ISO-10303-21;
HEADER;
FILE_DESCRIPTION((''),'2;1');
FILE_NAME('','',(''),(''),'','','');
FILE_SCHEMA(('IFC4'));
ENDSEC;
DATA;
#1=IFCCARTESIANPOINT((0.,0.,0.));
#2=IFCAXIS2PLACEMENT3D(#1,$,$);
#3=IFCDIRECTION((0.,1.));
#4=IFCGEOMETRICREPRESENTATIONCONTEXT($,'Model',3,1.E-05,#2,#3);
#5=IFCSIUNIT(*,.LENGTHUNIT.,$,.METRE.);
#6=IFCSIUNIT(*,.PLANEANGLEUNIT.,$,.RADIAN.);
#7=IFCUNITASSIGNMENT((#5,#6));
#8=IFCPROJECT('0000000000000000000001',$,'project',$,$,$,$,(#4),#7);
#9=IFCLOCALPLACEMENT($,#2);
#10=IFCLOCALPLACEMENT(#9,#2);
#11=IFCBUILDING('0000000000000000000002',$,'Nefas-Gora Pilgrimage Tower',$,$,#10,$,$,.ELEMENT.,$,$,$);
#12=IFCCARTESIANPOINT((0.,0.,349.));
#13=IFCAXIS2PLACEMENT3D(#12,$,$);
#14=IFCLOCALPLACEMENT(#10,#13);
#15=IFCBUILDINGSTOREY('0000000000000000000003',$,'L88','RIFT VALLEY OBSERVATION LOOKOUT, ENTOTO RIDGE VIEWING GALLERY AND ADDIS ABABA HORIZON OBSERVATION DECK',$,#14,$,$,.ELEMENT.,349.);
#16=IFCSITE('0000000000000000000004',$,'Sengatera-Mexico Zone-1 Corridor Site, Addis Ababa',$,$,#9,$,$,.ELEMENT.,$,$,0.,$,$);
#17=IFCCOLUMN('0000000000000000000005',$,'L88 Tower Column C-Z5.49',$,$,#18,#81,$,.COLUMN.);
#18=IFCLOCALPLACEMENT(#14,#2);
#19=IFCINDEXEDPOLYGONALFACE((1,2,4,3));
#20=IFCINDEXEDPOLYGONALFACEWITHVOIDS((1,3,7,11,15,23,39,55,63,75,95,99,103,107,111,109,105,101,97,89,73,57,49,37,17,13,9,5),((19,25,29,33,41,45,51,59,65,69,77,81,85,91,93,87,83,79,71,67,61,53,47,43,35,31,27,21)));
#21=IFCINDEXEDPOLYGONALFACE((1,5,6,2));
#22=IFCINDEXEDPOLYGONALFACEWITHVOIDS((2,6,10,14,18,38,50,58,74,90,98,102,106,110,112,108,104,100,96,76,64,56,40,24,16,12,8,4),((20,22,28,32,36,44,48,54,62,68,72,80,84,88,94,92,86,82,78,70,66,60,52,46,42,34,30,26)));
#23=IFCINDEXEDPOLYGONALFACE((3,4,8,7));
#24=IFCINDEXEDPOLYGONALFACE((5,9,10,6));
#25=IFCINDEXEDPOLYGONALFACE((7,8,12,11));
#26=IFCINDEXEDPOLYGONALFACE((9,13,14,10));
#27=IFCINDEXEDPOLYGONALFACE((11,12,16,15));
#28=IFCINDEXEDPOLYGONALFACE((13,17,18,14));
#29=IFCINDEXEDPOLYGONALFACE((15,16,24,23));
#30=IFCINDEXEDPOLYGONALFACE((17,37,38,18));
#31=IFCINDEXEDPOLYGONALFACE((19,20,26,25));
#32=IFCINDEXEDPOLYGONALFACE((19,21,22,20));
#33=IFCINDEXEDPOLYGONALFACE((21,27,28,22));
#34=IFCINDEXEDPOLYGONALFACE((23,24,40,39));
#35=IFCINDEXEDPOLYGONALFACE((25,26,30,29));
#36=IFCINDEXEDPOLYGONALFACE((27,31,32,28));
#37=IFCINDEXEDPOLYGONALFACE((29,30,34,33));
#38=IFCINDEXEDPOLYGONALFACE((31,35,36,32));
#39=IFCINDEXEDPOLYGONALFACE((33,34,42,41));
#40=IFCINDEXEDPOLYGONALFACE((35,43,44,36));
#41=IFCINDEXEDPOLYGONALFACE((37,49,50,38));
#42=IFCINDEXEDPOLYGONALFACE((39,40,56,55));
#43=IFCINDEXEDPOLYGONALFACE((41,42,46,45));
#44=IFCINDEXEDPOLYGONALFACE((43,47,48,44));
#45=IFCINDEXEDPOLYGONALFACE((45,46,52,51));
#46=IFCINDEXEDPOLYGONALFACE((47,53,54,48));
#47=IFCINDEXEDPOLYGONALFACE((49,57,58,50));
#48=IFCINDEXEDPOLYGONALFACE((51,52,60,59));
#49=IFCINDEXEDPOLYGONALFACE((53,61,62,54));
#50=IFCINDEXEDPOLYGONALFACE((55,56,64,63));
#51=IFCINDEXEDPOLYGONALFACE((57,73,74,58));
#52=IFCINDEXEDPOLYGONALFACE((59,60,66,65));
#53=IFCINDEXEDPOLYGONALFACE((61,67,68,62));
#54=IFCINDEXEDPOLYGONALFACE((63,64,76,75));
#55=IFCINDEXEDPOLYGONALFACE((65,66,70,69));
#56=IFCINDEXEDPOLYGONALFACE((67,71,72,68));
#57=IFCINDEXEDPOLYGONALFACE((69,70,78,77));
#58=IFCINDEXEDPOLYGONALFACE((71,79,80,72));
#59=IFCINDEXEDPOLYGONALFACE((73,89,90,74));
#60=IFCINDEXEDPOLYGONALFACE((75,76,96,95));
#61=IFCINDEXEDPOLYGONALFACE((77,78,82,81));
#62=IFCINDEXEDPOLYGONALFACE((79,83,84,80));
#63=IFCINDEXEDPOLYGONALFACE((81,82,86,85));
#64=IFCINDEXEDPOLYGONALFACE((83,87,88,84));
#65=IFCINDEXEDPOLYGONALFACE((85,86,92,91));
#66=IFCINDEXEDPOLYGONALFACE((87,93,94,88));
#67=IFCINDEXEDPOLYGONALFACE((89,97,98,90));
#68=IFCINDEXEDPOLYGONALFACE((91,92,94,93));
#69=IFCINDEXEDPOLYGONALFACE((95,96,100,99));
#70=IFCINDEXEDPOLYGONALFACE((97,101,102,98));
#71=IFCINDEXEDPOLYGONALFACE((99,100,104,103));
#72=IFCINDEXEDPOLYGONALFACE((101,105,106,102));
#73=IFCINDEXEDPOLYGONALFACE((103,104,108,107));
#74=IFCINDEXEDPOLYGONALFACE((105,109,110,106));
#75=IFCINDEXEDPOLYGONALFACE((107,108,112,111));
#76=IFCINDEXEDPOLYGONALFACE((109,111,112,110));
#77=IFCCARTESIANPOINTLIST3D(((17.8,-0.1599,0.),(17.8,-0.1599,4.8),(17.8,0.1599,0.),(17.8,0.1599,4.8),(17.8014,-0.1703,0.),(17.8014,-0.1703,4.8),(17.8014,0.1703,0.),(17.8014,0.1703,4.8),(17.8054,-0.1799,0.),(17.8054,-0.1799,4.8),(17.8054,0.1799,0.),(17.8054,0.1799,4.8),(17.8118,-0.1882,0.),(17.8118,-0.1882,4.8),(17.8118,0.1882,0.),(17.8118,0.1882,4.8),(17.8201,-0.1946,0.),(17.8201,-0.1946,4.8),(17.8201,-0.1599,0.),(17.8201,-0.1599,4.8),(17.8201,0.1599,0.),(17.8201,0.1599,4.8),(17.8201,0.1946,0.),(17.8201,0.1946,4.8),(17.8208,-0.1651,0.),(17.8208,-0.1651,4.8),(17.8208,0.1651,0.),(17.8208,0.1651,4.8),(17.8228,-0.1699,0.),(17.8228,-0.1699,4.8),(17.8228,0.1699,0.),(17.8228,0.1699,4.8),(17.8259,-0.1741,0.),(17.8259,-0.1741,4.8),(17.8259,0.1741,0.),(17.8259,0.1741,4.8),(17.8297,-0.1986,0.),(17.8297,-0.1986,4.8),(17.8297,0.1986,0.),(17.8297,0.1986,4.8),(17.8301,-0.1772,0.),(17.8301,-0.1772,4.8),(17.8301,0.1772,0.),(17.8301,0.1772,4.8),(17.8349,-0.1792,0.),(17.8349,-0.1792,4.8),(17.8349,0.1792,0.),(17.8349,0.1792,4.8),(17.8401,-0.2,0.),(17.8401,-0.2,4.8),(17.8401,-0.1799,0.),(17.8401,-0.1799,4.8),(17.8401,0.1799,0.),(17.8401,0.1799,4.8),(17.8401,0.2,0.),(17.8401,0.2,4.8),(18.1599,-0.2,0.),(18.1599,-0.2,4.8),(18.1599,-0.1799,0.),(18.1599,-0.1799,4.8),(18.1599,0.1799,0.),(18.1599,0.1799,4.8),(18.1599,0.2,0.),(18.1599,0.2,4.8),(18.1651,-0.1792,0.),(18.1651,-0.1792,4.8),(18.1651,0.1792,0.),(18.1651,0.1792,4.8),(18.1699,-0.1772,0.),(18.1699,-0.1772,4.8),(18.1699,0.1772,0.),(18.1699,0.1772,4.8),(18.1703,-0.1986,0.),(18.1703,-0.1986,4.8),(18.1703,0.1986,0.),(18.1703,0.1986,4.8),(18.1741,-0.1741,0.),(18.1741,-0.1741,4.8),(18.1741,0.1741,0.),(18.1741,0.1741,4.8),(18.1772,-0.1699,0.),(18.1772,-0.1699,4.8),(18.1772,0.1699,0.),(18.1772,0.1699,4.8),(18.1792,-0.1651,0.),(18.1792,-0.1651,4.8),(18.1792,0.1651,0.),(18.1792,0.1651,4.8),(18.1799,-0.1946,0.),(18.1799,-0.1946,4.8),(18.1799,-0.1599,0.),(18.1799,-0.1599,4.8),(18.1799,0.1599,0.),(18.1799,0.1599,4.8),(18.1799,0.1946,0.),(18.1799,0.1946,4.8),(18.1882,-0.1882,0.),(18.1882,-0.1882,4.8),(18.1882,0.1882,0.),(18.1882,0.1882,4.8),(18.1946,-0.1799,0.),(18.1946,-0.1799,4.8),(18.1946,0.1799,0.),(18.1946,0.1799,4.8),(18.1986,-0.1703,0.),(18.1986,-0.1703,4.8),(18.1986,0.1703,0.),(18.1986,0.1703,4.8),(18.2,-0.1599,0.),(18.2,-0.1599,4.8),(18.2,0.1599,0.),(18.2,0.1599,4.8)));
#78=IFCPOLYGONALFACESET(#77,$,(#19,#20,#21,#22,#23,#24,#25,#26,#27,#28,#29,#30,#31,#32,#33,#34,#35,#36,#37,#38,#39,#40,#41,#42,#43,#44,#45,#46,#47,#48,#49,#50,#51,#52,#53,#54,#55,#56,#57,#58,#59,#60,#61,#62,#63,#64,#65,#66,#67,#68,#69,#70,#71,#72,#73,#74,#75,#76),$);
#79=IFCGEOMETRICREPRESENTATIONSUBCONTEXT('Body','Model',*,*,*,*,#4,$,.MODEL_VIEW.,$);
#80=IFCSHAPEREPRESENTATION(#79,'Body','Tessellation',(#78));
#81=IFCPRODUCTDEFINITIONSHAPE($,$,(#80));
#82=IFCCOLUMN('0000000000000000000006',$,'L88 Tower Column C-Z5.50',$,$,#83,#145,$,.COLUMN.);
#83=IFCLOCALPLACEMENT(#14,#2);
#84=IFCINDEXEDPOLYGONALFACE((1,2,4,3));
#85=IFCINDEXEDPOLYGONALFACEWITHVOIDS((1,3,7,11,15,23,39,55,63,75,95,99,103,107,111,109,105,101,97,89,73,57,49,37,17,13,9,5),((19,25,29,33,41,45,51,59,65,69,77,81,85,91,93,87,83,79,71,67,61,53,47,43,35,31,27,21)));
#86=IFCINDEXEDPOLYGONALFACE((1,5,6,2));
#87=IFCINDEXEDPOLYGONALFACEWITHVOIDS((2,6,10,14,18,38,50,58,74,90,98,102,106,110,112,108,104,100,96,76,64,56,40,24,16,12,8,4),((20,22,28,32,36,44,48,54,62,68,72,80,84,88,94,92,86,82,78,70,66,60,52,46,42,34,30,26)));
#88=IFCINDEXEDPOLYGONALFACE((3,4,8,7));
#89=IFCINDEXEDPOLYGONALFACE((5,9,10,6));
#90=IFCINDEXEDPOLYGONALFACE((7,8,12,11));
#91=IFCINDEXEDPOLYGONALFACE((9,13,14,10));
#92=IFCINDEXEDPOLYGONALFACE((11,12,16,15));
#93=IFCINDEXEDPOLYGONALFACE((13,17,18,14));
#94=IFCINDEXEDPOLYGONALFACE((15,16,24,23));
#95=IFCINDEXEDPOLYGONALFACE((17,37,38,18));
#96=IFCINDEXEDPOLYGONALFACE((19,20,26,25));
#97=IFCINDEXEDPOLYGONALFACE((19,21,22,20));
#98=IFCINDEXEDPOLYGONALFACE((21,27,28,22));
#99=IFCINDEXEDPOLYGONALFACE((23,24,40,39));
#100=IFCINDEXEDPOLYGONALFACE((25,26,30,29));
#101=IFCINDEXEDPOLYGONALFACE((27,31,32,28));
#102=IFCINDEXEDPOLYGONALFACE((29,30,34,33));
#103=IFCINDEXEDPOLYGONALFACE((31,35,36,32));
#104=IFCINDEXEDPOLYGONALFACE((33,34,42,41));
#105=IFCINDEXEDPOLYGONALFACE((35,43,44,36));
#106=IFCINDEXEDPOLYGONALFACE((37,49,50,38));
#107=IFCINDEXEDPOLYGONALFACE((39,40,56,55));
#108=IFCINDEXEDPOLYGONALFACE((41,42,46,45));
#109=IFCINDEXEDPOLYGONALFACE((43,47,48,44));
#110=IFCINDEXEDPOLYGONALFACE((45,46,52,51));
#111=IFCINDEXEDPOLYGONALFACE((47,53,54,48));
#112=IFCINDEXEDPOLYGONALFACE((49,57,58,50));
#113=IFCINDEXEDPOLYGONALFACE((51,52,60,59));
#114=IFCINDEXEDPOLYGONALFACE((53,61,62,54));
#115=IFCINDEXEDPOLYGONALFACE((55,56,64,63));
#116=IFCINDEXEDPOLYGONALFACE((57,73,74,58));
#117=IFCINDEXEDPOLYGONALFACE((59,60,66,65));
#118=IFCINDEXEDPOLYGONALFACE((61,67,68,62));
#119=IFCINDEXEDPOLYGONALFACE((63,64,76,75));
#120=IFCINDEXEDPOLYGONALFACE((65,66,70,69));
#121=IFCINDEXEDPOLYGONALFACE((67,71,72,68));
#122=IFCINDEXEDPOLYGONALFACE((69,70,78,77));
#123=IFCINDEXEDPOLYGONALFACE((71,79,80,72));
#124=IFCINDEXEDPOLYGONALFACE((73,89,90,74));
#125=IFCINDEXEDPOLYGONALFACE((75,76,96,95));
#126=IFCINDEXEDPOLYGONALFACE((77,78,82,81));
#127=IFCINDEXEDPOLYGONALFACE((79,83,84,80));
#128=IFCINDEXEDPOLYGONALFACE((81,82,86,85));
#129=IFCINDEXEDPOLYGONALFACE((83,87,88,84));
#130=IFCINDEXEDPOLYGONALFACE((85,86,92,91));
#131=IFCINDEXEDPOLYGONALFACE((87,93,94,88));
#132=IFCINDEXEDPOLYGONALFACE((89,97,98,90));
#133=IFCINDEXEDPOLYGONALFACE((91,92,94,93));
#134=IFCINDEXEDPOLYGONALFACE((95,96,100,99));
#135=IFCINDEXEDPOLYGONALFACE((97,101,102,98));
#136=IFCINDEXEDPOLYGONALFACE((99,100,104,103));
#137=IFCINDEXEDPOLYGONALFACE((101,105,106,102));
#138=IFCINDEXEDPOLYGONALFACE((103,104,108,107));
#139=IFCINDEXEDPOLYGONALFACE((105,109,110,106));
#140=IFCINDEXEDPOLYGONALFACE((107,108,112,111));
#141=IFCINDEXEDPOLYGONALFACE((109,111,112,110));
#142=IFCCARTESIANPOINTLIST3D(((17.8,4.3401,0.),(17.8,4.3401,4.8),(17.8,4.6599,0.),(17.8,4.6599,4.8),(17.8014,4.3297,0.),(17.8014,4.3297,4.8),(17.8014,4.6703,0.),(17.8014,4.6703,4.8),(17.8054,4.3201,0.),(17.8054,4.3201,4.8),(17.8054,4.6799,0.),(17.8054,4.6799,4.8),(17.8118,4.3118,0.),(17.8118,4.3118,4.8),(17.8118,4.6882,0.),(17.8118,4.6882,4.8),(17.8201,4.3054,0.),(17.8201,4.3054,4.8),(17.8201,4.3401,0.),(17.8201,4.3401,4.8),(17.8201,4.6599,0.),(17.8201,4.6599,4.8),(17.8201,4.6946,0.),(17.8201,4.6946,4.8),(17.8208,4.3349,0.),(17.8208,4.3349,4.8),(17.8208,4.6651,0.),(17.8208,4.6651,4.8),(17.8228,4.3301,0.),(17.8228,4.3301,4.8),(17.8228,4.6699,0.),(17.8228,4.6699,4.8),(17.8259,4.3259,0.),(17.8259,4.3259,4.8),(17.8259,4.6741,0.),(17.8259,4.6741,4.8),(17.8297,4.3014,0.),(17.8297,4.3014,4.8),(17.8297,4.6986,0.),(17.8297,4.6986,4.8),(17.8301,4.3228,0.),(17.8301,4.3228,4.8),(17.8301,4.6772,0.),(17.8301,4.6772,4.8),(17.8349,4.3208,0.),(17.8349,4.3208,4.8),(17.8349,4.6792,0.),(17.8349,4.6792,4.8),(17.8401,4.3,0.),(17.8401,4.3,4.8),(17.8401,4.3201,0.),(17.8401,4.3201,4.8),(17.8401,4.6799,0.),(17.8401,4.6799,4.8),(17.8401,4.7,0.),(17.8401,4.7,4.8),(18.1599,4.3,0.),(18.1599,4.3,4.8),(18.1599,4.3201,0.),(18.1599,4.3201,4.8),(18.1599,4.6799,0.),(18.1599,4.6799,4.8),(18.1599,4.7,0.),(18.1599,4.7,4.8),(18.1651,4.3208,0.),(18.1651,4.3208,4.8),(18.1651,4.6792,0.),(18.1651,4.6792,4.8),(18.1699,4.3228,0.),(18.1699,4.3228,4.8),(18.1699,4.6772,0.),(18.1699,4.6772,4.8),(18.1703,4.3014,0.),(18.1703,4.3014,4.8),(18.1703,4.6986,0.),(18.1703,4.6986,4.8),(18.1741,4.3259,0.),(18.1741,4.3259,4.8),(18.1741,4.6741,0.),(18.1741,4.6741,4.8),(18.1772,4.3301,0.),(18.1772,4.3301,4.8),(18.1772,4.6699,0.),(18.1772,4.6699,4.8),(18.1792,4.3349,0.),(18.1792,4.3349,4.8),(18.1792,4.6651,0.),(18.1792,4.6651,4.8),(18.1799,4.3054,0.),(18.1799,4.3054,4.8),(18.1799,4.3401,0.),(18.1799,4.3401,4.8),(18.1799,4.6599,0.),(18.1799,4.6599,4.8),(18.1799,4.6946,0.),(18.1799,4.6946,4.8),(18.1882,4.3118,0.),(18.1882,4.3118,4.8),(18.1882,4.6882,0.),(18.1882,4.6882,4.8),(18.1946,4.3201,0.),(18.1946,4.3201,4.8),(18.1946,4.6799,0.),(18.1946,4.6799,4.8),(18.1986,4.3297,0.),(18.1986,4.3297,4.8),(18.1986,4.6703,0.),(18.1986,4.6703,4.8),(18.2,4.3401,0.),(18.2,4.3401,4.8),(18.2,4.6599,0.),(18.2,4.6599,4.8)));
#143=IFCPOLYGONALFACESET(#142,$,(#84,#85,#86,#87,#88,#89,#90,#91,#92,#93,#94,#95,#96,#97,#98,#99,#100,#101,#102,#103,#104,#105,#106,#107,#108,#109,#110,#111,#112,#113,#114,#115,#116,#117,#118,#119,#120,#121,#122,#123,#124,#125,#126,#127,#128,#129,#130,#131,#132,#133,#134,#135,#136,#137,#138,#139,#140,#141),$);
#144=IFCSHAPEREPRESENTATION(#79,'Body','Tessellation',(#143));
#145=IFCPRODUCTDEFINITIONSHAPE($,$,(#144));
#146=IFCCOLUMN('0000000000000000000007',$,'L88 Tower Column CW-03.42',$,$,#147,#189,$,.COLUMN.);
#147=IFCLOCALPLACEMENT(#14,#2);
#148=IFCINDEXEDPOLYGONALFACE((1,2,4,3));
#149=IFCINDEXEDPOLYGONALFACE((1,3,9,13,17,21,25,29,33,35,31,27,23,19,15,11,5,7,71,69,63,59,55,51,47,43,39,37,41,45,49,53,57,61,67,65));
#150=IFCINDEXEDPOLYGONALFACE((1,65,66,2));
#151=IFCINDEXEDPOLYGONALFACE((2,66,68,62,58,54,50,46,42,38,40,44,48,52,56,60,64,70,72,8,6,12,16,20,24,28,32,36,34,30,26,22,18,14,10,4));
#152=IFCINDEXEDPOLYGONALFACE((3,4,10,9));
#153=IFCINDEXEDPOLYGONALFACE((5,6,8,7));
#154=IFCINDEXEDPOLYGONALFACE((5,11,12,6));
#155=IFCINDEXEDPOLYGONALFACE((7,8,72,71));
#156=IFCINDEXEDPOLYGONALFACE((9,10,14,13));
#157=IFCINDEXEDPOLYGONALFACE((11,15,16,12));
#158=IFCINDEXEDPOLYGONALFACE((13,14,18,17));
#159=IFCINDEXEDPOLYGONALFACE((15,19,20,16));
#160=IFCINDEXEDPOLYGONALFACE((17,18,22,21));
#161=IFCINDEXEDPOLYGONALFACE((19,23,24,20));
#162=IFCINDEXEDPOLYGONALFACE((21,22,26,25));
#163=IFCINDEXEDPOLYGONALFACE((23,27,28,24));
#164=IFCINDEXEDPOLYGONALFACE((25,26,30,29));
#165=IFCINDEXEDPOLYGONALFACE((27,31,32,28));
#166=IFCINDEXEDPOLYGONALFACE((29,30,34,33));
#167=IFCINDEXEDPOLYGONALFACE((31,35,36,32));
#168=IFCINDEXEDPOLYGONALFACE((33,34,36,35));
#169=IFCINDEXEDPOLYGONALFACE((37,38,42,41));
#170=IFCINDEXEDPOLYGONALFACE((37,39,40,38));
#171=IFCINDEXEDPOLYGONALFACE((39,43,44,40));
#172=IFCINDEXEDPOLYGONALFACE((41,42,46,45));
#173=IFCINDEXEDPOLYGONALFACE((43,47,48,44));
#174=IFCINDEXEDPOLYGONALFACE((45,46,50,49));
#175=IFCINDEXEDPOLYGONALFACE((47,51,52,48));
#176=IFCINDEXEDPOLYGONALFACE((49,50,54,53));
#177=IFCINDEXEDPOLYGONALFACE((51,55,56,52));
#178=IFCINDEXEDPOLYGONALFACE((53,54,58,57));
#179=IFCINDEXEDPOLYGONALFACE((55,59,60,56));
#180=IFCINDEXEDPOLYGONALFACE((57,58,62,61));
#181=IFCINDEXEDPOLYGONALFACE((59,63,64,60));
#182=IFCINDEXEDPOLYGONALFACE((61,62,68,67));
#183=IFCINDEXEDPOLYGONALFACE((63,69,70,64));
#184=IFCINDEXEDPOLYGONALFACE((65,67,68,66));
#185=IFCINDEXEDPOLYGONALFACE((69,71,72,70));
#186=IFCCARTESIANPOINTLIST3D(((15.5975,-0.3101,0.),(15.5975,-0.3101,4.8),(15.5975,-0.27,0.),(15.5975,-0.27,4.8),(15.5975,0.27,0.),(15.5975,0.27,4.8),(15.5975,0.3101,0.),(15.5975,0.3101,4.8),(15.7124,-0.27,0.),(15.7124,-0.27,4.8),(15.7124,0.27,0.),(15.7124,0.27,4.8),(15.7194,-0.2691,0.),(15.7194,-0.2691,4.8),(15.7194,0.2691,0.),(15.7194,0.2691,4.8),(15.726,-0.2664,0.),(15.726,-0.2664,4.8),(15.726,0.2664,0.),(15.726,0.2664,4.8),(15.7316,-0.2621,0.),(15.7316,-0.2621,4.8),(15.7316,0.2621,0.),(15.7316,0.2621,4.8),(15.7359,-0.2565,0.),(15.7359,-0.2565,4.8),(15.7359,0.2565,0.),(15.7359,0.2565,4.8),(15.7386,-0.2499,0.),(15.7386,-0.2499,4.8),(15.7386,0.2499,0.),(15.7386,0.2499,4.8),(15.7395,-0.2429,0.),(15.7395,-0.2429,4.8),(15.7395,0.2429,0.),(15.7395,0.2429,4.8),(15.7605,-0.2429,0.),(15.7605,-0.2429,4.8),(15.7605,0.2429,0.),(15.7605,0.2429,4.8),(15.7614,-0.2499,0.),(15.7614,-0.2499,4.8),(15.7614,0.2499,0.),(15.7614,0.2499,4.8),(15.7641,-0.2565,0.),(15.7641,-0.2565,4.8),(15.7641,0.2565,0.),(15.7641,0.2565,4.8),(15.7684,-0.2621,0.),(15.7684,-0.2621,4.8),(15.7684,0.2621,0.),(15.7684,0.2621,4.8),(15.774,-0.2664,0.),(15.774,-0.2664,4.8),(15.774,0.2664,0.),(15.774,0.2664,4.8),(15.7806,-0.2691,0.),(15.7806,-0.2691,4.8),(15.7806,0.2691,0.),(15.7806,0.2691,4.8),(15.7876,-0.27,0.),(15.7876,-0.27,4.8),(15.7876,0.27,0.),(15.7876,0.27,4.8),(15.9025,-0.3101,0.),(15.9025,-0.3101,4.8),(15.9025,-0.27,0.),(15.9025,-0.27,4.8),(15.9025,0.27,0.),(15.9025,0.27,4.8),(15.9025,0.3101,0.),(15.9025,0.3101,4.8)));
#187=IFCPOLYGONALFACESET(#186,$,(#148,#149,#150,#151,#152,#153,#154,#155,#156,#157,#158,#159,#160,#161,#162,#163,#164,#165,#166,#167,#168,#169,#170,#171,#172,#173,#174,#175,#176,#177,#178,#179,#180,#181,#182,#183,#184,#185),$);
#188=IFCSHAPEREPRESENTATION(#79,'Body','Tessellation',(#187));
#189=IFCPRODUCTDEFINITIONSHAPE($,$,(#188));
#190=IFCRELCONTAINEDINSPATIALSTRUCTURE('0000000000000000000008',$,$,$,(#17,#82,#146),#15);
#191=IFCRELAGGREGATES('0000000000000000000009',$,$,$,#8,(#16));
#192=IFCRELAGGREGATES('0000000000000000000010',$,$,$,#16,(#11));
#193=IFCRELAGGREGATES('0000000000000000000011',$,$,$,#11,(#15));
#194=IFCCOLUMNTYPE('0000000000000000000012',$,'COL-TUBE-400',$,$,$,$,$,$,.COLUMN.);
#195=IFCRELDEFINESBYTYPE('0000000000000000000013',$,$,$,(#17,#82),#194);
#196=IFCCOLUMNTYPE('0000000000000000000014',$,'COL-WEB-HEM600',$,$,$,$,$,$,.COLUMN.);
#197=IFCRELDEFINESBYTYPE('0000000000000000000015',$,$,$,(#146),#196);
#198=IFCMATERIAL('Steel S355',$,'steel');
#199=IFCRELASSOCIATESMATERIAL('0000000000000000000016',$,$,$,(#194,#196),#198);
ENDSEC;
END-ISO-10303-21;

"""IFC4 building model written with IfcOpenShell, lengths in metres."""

from ifc_helpers import new_model, si_unit, direction, frame, origin, origin_2d, place, context, subcontext, project, spatial, hollow_rectangle, i_section, extrude, source, transform, mapped, material, material_profile, profile_set, type_object, element, save


model = new_model("IFC4")

# Units and contexts
model_context = context("Model", 3, precision=1e-05, world=origin(), true_north=direction((0.0, 1.0)))
body_context = subcontext(model_context, "Body", "Model", "MODEL_VIEW")
ifc_project = project(units=[si_unit("LENGTHUNIT", "METRE"), si_unit("PLANEANGLEUNIT", "RADIAN")], contexts=[model_context])

# Site, building, storey
site_placement = place(None, origin())
site = spatial("IfcSite", under=ifc_project, at=site_placement, Name="Sengatera-Mexico Zone-1 Corridor Site, Addis Ababa", CompositionType="ELEMENT", RefElevation=0.0)
building_placement = place(site_placement, origin())
building = spatial("IfcBuilding", under=site, at=building_placement, Name="Nefas-Gora Pilgrimage Tower", CompositionType="ELEMENT")
storey_placement = place(building_placement, frame((0.0, 0.0, 349.0)))
storey = spatial("IfcBuildingStorey", under=building, at=storey_placement, Name="L88", Description="RIFT VALLEY OBSERVATION LOOKOUT, ENTOTO RIDGE VIEWING GALLERY AND ADDIS ABABA HORIZON OBSERVATION DECK", CompositionType="ELEMENT", Elevation=349.0)

# Columns
ifc_material_1 = material(Name="Steel S355", Category="steel")
ifc_material_profile_1 = material_profile(ifc_material_1, hollow_rectangle(XDim=0.3999, YDim=0.3999, WallThickness=0.02, InnerFilletRadius=0.02, OuterFilletRadius=0.04, at=origin_2d()), Name="SHS 400x400x20")
ifc_profile_set_1 = profile_set([ifc_material_profile_1], Name="Steel S355")
column_type_1 = type_object("IfcColumnType", Name="COL-TUBE-400", PredefinedType="COLUMN", material=ifc_profile_set_1)
shared_shape_1 = source(origin(), body_context, "Body", "SweptSolid", [
    extrude(hollow_rectangle(XDim=0.3999, YDim=0.3999, WallThickness=0.02, InnerFilletRadius=0.02, OuterFilletRadius=0.04, at=origin_2d()), origin(), (0.0, 0.0, 1.0), 4.8),
])
for number, where, z_axis, x_axis, name in (
    (1, (18.0, 0.0, 0.0), (0.0, 0.0, 1.0), (1.0, 0.0, 0.0), "L88 Tower Column C-Z5.49"),
    (2, (18.0, 4.5, 0.0), (0.0, 0.0, 1.0), (1.0, 0.0, 0.0), "L88 Tower Column C-Z5.50"),
):
    element("IfcColumn", number, at=place(storey_placement, frame(where, z_axis=z_axis, x_axis=x_axis)), inside=storey, type_object=column_type_1, Name=name, PredefinedType="COLUMN", context=body_context, shape_type="MappedRepresentation", body=[
        mapped(shared_shape_1, transform((0.0, 0.0, 0.0), x_axis=(1.0, 0.0, 0.0), y_axis=(0.0, 1.0, 0.0), z_axis=(0.0, 0.0, 1.0), scale=1.0)),
    ])
ifc_material_profile_2 = material_profile(ifc_material_1, i_section(OverallWidth=0.3049, OverallDepth=0.6201, WebThickness=0.021, FlangeThickness=0.04, FilletRadius=0.0271, at=origin_2d()), Name="HEM 600")
ifc_profile_set_2 = profile_set([ifc_material_profile_2], Name="Steel S355")
column_type_2 = type_object("IfcColumnType", Name="COL-WEB-HEM600", PredefinedType="COLUMN", material=ifc_profile_set_2)
shared_shape_2 = source(origin(), body_context, "Body", "SweptSolid", [
    extrude(i_section(OverallWidth=0.3049, OverallDepth=0.6201, WebThickness=0.021, FlangeThickness=0.04, FilletRadius=0.0271, at=origin_2d()), origin(), (0.0, 0.0, 1.0), 4.8),
])
for number, where, z_axis, x_axis, name in (
    (3, (15.75, 0.0, 0.0), (0.0, 0.0, 1.0), (1.0, 0.0, 0.0), "L88 Tower Column CW-03.42"),
):
    element("IfcColumn", number, at=place(storey_placement, frame(where, z_axis=z_axis, x_axis=x_axis)), inside=storey, type_object=column_type_2, Name=name, PredefinedType="COLUMN", context=body_context, shape_type="MappedRepresentation", body=[
        mapped(shared_shape_2, transform((0.0, 0.0, 0.0), x_axis=(1.0, 0.0, 0.0), y_axis=(0.0, 1.0, 0.0), z_axis=(0.0, 0.0, 1.0), scale=1.0)),
    ])

save(model, "model.ifc")
